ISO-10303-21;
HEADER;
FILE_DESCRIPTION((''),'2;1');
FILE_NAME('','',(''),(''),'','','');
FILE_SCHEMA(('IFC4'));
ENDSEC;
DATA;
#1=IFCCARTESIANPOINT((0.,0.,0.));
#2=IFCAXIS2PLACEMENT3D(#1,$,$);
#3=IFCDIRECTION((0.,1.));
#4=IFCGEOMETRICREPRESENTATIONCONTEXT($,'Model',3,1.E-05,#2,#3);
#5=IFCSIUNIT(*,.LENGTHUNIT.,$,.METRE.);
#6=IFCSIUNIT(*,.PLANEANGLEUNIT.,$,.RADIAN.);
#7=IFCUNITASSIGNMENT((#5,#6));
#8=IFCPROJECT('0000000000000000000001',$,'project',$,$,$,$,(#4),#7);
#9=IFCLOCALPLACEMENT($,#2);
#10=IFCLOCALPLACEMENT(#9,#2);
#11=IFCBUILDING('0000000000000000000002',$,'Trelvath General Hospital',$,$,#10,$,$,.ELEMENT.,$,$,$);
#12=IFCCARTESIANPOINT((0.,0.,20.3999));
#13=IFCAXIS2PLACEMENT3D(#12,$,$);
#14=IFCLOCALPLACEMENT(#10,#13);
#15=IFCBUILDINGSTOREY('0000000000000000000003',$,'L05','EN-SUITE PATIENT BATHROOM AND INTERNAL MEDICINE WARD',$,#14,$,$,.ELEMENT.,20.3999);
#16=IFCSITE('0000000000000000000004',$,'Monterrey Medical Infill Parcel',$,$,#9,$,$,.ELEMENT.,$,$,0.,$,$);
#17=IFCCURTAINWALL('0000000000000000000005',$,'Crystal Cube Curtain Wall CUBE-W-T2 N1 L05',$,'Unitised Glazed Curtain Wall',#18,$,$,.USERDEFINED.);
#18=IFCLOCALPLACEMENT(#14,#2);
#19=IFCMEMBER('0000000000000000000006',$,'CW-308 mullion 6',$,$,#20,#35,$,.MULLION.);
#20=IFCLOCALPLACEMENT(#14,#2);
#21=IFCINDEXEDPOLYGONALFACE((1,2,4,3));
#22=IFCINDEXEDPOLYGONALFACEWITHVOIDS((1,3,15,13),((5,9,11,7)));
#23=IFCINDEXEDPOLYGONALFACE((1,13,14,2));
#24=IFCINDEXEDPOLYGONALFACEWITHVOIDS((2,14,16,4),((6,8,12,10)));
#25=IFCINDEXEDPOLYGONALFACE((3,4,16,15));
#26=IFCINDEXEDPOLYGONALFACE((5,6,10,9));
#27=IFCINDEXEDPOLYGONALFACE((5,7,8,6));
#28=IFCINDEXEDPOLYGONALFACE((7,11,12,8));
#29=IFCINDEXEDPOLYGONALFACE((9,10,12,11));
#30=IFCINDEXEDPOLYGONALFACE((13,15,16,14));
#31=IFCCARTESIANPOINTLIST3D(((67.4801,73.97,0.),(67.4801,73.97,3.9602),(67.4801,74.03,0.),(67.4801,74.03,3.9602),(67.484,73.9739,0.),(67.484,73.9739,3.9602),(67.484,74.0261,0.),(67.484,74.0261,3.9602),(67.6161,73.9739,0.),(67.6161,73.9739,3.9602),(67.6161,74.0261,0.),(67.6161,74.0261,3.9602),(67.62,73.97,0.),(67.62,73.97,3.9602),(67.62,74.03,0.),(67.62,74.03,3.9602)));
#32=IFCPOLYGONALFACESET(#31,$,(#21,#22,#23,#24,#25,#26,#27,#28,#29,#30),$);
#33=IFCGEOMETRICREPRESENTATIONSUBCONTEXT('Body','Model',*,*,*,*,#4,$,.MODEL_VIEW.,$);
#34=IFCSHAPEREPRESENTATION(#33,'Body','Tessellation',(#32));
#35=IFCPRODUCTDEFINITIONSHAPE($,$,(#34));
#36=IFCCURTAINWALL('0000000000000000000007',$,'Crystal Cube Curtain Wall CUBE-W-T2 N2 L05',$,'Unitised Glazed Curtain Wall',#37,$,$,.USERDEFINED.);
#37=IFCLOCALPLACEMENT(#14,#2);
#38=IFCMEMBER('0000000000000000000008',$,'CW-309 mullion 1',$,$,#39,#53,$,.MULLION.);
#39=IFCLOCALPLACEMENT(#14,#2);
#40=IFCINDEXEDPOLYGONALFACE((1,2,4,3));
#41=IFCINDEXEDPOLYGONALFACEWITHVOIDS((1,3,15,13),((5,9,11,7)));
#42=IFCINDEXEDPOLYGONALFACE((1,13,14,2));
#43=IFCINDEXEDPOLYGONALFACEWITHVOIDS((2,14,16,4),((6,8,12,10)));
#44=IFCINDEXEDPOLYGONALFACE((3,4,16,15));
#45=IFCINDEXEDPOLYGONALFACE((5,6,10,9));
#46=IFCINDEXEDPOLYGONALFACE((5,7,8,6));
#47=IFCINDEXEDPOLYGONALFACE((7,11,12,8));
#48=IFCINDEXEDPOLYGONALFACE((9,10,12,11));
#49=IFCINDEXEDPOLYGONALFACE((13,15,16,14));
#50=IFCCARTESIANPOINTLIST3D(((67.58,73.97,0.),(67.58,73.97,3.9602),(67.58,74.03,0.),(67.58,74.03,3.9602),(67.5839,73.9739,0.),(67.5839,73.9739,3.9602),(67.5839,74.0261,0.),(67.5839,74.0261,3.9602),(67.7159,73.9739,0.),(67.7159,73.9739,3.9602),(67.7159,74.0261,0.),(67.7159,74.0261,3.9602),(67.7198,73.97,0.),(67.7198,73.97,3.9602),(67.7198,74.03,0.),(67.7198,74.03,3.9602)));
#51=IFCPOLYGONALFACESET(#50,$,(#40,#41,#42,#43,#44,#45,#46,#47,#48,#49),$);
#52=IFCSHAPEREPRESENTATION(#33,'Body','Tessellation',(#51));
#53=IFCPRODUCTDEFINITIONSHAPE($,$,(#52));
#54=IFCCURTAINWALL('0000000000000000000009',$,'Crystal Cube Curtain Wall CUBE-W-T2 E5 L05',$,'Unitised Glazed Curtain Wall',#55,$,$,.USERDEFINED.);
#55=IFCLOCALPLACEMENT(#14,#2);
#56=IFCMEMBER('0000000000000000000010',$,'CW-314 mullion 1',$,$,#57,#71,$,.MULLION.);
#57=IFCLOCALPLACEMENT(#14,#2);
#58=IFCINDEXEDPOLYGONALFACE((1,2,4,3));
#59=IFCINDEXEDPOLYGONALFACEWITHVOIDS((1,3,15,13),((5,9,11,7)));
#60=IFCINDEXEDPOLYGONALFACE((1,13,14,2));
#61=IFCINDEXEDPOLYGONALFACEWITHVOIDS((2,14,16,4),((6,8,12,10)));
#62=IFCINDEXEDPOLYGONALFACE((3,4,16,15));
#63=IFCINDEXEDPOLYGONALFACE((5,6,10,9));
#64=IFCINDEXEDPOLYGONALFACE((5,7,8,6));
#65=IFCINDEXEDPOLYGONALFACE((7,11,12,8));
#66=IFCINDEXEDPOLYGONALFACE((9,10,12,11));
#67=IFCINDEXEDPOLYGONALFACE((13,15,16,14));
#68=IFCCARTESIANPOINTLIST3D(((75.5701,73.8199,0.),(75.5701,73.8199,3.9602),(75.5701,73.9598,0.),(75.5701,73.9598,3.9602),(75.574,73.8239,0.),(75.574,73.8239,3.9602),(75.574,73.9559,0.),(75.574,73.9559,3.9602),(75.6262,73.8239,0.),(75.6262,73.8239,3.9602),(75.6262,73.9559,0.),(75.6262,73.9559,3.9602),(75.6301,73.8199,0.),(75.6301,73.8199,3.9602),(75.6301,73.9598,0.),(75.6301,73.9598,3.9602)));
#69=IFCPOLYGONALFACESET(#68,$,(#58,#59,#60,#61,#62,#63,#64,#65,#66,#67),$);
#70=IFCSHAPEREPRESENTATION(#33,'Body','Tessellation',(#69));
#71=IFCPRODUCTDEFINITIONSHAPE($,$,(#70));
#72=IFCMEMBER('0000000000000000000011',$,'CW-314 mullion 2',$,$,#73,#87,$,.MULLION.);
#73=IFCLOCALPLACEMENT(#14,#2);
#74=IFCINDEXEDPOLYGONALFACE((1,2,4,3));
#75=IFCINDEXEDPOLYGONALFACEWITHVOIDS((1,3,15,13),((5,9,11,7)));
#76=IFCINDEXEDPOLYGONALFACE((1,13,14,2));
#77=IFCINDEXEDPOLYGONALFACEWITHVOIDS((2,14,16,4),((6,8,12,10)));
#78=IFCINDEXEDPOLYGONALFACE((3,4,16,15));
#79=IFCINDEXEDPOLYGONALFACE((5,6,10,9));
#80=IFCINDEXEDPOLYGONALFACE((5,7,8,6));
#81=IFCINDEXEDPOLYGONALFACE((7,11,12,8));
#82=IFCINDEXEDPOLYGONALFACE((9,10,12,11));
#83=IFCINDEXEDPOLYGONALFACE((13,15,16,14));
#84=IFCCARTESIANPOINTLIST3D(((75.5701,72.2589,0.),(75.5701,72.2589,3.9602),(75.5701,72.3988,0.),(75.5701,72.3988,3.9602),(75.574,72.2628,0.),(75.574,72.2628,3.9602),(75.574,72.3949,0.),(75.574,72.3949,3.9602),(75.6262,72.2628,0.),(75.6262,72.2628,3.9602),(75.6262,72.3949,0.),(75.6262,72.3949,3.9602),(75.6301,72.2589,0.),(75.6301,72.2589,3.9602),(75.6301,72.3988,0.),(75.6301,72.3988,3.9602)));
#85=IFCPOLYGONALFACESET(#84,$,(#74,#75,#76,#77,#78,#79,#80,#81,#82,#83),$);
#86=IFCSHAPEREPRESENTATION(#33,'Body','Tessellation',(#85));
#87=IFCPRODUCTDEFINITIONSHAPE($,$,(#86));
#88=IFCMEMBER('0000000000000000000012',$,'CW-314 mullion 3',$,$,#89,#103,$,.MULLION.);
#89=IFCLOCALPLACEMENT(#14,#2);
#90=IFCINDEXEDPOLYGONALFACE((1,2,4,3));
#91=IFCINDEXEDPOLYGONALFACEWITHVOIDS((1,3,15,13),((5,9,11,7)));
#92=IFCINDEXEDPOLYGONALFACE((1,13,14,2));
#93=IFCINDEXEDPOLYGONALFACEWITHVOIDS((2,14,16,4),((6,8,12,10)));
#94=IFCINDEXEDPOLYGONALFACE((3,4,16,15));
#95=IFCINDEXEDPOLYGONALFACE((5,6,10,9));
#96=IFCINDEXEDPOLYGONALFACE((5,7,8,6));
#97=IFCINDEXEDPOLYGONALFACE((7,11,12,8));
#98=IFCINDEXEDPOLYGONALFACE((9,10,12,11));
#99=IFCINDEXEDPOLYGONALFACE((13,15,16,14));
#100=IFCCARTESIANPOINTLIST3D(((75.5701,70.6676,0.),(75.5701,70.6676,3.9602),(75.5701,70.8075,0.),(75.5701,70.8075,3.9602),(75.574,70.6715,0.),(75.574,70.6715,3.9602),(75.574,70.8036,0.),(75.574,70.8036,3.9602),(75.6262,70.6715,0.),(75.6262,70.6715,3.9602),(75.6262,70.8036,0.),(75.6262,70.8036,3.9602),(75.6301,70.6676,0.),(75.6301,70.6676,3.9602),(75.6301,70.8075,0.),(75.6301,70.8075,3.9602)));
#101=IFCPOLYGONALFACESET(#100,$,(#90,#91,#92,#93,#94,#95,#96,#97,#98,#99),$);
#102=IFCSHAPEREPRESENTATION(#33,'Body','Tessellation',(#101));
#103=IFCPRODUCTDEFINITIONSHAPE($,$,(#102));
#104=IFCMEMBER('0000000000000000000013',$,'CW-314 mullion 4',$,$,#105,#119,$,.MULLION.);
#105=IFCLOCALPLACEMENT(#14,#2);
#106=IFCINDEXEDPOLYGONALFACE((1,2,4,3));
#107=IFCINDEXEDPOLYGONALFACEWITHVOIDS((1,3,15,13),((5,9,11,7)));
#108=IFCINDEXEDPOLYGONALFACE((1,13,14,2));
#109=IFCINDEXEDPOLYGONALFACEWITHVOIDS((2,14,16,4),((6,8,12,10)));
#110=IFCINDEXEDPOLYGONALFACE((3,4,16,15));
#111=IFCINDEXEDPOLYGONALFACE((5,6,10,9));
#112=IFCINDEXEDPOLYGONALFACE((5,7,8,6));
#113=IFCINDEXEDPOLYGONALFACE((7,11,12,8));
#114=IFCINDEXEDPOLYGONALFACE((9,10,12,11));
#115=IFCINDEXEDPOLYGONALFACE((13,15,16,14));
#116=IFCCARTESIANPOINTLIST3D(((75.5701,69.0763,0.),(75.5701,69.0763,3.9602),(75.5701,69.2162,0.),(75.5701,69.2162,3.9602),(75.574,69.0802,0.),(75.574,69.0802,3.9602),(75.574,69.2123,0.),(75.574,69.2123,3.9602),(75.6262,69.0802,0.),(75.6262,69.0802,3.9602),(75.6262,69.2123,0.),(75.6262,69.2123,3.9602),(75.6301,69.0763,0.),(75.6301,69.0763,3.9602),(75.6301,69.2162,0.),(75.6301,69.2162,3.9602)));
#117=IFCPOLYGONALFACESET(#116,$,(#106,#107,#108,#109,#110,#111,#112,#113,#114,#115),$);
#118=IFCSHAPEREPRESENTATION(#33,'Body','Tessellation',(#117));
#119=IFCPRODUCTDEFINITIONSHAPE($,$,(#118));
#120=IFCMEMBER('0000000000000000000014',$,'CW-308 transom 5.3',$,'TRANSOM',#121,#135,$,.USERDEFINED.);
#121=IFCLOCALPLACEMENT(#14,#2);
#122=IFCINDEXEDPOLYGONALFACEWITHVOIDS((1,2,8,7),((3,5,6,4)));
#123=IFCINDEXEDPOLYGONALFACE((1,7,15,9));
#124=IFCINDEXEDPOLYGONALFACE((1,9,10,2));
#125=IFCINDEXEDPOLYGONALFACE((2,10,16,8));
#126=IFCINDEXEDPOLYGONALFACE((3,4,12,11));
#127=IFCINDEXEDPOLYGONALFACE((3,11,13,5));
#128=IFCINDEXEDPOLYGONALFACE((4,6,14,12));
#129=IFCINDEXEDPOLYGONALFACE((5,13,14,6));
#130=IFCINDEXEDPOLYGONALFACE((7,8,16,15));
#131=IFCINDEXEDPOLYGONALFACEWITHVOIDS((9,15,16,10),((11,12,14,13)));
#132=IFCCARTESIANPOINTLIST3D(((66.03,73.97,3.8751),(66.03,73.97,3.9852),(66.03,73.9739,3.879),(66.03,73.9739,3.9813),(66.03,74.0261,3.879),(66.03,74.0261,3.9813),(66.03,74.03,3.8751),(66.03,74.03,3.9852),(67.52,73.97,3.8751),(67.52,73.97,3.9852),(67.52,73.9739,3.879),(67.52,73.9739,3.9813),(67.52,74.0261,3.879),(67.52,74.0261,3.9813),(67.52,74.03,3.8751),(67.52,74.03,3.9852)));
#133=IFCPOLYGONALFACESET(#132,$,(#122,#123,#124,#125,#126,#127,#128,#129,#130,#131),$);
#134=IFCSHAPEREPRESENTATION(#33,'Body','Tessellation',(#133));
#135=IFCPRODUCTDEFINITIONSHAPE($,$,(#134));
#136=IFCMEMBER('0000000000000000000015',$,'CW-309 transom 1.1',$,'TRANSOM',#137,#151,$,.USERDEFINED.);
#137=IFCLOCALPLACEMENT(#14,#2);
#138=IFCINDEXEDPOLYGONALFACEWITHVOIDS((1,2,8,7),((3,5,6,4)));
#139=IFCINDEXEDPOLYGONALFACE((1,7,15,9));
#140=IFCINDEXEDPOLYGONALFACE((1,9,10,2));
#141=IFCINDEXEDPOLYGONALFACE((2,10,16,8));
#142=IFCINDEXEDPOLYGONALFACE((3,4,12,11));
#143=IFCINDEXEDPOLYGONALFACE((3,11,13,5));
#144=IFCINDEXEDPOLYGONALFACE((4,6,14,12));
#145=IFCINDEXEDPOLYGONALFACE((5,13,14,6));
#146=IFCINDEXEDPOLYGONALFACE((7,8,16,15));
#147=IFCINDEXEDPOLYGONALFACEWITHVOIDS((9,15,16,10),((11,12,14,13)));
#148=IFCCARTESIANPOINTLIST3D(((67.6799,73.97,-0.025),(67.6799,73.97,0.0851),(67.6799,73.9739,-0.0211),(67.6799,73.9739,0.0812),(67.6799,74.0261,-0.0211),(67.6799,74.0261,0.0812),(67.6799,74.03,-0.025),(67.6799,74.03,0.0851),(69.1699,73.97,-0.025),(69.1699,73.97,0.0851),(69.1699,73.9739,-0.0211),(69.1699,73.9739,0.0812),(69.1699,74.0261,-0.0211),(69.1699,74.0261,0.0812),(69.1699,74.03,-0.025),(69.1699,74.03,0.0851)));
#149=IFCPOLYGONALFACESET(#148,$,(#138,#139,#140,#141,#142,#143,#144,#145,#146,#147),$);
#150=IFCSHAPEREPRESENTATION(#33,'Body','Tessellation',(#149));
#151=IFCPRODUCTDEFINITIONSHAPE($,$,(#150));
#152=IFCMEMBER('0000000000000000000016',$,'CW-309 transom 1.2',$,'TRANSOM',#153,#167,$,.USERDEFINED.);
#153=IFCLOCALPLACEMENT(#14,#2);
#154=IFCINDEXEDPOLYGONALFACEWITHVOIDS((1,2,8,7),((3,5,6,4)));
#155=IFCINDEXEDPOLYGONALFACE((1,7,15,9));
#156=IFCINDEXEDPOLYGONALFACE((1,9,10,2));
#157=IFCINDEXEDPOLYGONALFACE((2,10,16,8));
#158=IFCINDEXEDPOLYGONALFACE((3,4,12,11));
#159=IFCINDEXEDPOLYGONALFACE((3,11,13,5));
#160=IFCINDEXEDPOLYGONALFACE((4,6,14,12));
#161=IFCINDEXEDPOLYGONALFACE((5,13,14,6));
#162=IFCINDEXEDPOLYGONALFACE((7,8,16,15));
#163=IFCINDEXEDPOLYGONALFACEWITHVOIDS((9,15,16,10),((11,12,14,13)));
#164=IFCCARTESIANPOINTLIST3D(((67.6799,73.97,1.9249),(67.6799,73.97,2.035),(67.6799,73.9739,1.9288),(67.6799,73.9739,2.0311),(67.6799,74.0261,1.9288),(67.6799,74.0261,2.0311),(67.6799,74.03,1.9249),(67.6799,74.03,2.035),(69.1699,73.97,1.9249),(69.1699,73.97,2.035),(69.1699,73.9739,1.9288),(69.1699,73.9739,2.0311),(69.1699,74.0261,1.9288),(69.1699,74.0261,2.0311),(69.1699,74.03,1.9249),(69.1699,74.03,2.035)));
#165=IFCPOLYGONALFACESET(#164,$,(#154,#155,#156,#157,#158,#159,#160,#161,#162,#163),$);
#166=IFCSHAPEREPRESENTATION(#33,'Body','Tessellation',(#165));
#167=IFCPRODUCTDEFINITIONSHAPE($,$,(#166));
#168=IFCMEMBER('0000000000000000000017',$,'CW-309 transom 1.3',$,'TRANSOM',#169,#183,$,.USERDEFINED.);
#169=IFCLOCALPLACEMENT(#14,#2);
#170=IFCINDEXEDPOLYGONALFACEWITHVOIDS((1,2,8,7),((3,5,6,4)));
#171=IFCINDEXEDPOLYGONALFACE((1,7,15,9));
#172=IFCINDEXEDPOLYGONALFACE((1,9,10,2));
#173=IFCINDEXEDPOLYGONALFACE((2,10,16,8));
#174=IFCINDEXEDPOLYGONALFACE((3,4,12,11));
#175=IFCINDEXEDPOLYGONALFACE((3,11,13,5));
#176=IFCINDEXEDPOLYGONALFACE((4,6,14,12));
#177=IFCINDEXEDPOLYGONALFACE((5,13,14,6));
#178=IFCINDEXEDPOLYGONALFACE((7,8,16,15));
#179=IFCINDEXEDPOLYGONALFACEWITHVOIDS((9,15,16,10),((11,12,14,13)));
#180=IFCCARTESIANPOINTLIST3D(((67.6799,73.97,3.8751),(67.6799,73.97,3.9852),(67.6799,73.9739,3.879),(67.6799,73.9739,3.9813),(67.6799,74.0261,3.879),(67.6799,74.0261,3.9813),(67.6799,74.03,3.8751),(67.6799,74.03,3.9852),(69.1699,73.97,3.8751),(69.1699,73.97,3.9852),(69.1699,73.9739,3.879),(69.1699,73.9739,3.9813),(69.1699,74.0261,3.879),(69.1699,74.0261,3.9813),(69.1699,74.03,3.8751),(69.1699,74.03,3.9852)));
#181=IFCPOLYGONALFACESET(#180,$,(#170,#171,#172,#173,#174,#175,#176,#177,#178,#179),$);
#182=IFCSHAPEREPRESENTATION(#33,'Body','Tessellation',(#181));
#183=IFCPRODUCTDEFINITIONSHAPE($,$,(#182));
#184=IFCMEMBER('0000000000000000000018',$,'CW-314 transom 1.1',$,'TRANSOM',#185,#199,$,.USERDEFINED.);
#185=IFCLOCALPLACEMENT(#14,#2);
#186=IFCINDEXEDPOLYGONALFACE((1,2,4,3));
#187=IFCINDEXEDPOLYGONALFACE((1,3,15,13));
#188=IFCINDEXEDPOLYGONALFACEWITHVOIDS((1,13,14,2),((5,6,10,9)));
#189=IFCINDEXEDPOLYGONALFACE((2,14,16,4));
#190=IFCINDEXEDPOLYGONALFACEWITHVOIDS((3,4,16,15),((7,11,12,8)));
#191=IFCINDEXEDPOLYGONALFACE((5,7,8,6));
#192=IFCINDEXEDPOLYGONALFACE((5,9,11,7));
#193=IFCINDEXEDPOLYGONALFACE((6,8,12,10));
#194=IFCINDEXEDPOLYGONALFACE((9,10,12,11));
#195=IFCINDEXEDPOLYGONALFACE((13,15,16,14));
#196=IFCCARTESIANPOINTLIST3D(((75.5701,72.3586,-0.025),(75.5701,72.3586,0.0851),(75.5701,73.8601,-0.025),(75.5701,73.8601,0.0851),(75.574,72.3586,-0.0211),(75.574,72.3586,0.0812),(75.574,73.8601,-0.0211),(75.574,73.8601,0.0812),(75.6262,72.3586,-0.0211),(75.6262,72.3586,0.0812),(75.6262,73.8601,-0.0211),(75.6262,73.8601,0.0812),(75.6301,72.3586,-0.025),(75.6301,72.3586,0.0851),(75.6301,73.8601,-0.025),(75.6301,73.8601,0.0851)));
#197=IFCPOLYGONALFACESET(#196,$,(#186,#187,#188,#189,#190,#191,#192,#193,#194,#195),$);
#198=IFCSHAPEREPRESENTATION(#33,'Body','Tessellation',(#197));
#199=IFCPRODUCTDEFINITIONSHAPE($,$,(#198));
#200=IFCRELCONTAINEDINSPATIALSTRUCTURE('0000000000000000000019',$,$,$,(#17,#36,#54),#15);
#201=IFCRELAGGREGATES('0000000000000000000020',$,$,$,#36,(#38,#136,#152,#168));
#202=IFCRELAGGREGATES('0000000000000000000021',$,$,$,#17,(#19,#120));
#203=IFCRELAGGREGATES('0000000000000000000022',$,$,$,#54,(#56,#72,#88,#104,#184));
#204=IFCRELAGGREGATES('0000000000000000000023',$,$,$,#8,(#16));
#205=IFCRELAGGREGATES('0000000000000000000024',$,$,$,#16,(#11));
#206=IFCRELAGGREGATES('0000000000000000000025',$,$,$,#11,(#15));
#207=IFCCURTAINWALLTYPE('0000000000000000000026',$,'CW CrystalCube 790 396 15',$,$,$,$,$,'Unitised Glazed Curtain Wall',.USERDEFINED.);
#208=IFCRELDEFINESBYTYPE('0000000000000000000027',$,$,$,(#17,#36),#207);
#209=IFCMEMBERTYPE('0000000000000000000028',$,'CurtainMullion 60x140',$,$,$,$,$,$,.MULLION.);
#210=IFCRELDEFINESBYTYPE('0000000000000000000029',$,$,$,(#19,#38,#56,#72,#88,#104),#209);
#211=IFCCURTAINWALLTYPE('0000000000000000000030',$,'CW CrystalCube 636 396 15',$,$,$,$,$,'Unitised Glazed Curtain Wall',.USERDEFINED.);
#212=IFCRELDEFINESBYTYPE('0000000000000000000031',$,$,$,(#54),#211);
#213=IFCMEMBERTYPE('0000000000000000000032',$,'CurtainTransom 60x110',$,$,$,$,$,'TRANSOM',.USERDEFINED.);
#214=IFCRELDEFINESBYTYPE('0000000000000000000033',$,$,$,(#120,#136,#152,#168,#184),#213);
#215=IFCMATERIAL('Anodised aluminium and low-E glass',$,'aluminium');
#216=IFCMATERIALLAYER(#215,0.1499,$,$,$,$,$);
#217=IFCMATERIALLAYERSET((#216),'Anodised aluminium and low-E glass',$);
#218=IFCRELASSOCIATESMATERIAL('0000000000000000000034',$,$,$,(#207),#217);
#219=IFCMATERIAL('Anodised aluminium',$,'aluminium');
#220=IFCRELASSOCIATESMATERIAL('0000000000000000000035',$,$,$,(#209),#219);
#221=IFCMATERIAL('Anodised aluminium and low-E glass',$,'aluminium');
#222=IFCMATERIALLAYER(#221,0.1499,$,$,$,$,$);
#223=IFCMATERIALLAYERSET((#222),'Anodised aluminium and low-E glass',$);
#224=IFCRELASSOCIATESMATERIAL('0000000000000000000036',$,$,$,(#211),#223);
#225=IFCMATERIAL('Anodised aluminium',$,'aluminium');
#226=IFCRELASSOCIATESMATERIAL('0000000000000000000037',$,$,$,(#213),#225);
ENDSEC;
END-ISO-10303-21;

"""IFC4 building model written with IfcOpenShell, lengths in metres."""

from ifc_helpers import new_model, si_unit, direction, frame, origin, origin_2d, place, context, subcontext, project, spatial, hollow_rectangle, extrude, material, layer, layer_set, material_profile, profile_set, type_object, element, aggregate, save


model = new_model("IFC4")

# Units and contexts
model_context = context("Model", 3, precision=1e-05, world=origin(), true_north=direction((0.0, 1.0)))
body_context = subcontext(model_context, "Body", "Model", "MODEL_VIEW")
ifc_project = project(units=[si_unit("LENGTHUNIT", "METRE"), si_unit("PLANEANGLEUNIT", "RADIAN")], contexts=[model_context])

# Site, building, storey
site_placement = place(None, origin())
site = spatial("IfcSite", under=ifc_project, at=site_placement, Name="Monterrey Medical Infill Parcel", CompositionType="ELEMENT", RefElevation=0.0)
building_placement = place(site_placement, origin())
building = spatial("IfcBuilding", under=site, at=building_placement, Name="Trelvath General Hospital", CompositionType="ELEMENT")
storey_placement = place(building_placement, frame((0.0, 0.0, 20.3999)))
storey = spatial("IfcBuildingStorey", under=building, at=storey_placement, Name="L05", Description="EN-SUITE PATIENT BATHROOM AND INTERNAL MEDICINE WARD", CompositionType="ELEMENT", Elevation=20.3999)

# Curtain walls, members
ifc_material_1 = material(Name="Anodised aluminium and low-E glass", Category="aluminium")
ifc_layer_1 = layer(ifc_material_1, 0.1499)
ifc_layer_set_1 = layer_set([ifc_layer_1], Name="Anodised aluminium and low-E glass")
curtain_wall_type_1 = type_object("IfcCurtainWallType", Name="CW CrystalCube 790 396 15", ElementType="Unitised Glazed Curtain Wall", PredefinedType="USERDEFINED", material=ifc_layer_set_1)
curtain_wall_1_placement = place(storey_placement, origin())
curtain_wall_1 = element("IfcCurtainWall", 1, at=curtain_wall_1_placement, inside=storey, type_object=curtain_wall_type_1, Name="Crystal Cube Curtain Wall CUBE-W-T2 N1 L05", ObjectType="Unitised Glazed Curtain Wall", PredefinedType="USERDEFINED")
ifc_material_2 = material(Name="Anodised aluminium", Category="aluminium")
ifc_material_profile_1 = material_profile(ifc_material_2, hollow_rectangle(XDim=0.0601, YDim=0.1399, WallThickness=0.0039, at=origin_2d()), Name="RHS60x140x4")
ifc_profile_set_1 = profile_set([ifc_material_profile_1], Name="Anodised aluminium")
member_type_1 = type_object("IfcMemberType", Name="CurtainMullion 60x140", PredefinedType="MULLION", material=ifc_profile_set_1)
member_1_placement = place(storey_placement, frame((67.55, 74.0, 0.0), z_axis=(0.0, 0.0, 1.0), x_axis=(0.0, 1.0, 0.0)))
member_1 = element("IfcMember", 2, at=member_1_placement, type_object=member_type_1, Name="CW-308 mullion 6", PredefinedType="MULLION", context=body_context, shape_type="SweptSolid", body=[
    extrude(hollow_rectangle(XDim=0.0601, YDim=0.1399, WallThickness=0.0039, at=origin_2d()), origin(), (0.0, 0.0, 1.0), 3.9602),
])
curtain_wall_2_placement = place(storey_placement, origin())
curtain_wall_2 = element("IfcCurtainWall", 3, at=curtain_wall_2_placement, inside=storey, type_object=curtain_wall_type_1, Name="Crystal Cube Curtain Wall CUBE-W-T2 N2 L05", ObjectType="Unitised Glazed Curtain Wall", PredefinedType="USERDEFINED")
member_2_placement = place(storey_placement, frame((67.6499, 74.0, 0.0), z_axis=(0.0, 0.0, 1.0), x_axis=(0.0, 1.0, 0.0)))
member_2 = element("IfcMember", 4, at=member_2_placement, type_object=member_type_1, Name="CW-309 mullion 1", PredefinedType="MULLION", context=body_context, shape_type="SweptSolid", body=[
    extrude(hollow_rectangle(XDim=0.0601, YDim=0.1399, WallThickness=0.0039, at=origin_2d()), origin(), (0.0, 0.0, 1.0), 3.9602),
])

# Curtain wall, members
ifc_material_3 = material(Name="Anodised aluminium and low-E glass", Category="aluminium")
ifc_layer_2 = layer(ifc_material_3, 0.1499)
ifc_layer_set_2 = layer_set([ifc_layer_2], Name="Anodised aluminium and low-E glass")
curtain_wall_type_2 = type_object("IfcCurtainWallType", Name="CW CrystalCube 636 396 15", ElementType="Unitised Glazed Curtain Wall", PredefinedType="USERDEFINED", material=ifc_layer_set_2)
curtain_wall_3_placement = place(storey_placement, origin())
curtain_wall_3 = element("IfcCurtainWall", 5, at=curtain_wall_3_placement, inside=storey, type_object=curtain_wall_type_2, Name="Crystal Cube Curtain Wall CUBE-W-T2 E5 L05", ObjectType="Unitised Glazed Curtain Wall", PredefinedType="USERDEFINED")
member_3_placement = place(storey_placement, frame((75.6001, 73.8899, 0.0), z_axis=(0.0, 0.0, 1.0), x_axis=(1.0, 0.0, 0.0)))
member_3 = element("IfcMember", 6, at=member_3_placement, type_object=member_type_1, Name="CW-314 mullion 1", PredefinedType="MULLION", context=body_context, shape_type="SweptSolid", body=[
    extrude(hollow_rectangle(XDim=0.0601, YDim=0.1399, WallThickness=0.0039, at=origin_2d()), origin(), (0.0, 0.0, 1.0), 3.9602),
])
member_4_placement = place(storey_placement, frame((75.6001, 72.3289, 0.0), z_axis=(0.0, 0.0, 1.0), x_axis=(1.0, 0.0, 0.0)))
member_4 = element("IfcMember", 7, at=member_4_placement, type_object=member_type_1, Name="CW-314 mullion 2", PredefinedType="MULLION", context=body_context, shape_type="SweptSolid", body=[
    extrude(hollow_rectangle(XDim=0.0601, YDim=0.1399, WallThickness=0.0039, at=origin_2d()), origin(), (0.0, 0.0, 1.0), 3.9602),
])
member_5_placement = place(storey_placement, frame((75.6001, 70.7375, 0.0), z_axis=(0.0, 0.0, 1.0), x_axis=(1.0, 0.0, 0.0)))
member_5 = element("IfcMember", 8, at=member_5_placement, type_object=member_type_1, Name="CW-314 mullion 3", PredefinedType="MULLION", context=body_context, shape_type="SweptSolid", body=[
    extrude(hollow_rectangle(XDim=0.0601, YDim=0.1399, WallThickness=0.0039, at=origin_2d()), origin(), (0.0, 0.0, 1.0), 3.9602),
])
member_6_placement = place(storey_placement, frame((75.6001, 69.1462, 0.0), z_axis=(0.0, 0.0, 1.0), x_axis=(1.0, 0.0, 0.0)))
member_6 = element("IfcMember", 9, at=member_6_placement, type_object=member_type_1, Name="CW-314 mullion 4", PredefinedType="MULLION", context=body_context, shape_type="SweptSolid", body=[
    extrude(hollow_rectangle(XDim=0.0601, YDim=0.1399, WallThickness=0.0039, at=origin_2d()), origin(), (0.0, 0.0, 1.0), 3.9602),
])

# Members
ifc_material_4 = material(Name="Anodised aluminium", Category="aluminium")
ifc_material_profile_2 = material_profile(ifc_material_4, hollow_rectangle(XDim=0.0601, YDim=0.1101, WallThickness=0.0039, at=origin_2d()), Name="RHS60x110x4")
ifc_profile_set_2 = profile_set([ifc_material_profile_2], Name="Anodised aluminium")
member_type_2 = type_object("IfcMemberType", Name="CurtainTransom 60x110", ElementType="TRANSOM", PredefinedType="USERDEFINED", material=ifc_profile_set_2)
member_7_placement = place(storey_placement, frame((66.03, 74.0, 3.9302), z_axis=(1.0, 0.0, 0.0), x_axis=(0.0, 1.0, 0.0)))
member_7 = element("IfcMember", 10, at=member_7_placement, type_object=member_type_2, Name="CW-308 transom 5.3", ObjectType="TRANSOM", PredefinedType="USERDEFINED", context=body_context, shape_type="SweptSolid", body=[
    extrude(hollow_rectangle(XDim=0.0601, YDim=0.1101, WallThickness=0.0039, at=origin_2d()), origin(), (0.0, 0.0, 1.0), 1.49),
])
member_8_placement = place(storey_placement, frame((67.6799, 74.0, 0.03), z_axis=(1.0, 0.0, 0.0), x_axis=(0.0, 1.0, 0.0)))
member_8 = element("IfcMember", 11, at=member_8_placement, type_object=member_type_2, Name="CW-309 transom 1.1", ObjectType="TRANSOM", PredefinedType="USERDEFINED", context=body_context, shape_type="SweptSolid", body=[
    extrude(hollow_rectangle(XDim=0.0601, YDim=0.1101, WallThickness=0.0039, at=origin_2d()), origin(), (0.0, 0.0, 1.0), 1.49),
])
member_9_placement = place(storey_placement, frame((67.6799, 74.0, 1.98), z_axis=(1.0, 0.0, 0.0), x_axis=(0.0, 1.0, 0.0)))
member_9 = element("IfcMember", 12, at=member_9_placement, type_object=member_type_2, Name="CW-309 transom 1.2", ObjectType="TRANSOM", PredefinedType="USERDEFINED", context=body_context, shape_type="SweptSolid", body=[
    extrude(hollow_rectangle(XDim=0.0601, YDim=0.1101, WallThickness=0.0039, at=origin_2d()), origin(), (0.0, 0.0, 1.0), 1.49),
])
member_10_placement = place(storey_placement, frame((67.6799, 74.0, 3.9302), z_axis=(1.0, 0.0, 0.0), x_axis=(0.0, 1.0, 0.0)))
member_10 = element("IfcMember", 13, at=member_10_placement, type_object=member_type_2, Name="CW-309 transom 1.3", ObjectType="TRANSOM", PredefinedType="USERDEFINED", context=body_context, shape_type="SweptSolid", body=[
    extrude(hollow_rectangle(XDim=0.0601, YDim=0.1101, WallThickness=0.0039, at=origin_2d()), origin(), (0.0, 0.0, 1.0), 1.49),
])
aggregate(curtain_wall_2, [member_2, member_8, member_9, member_10])
member_11_placement = place(storey_placement, frame((75.6001, 73.8601, 0.03), z_axis=(0.0, -1.0, 0.0), x_axis=(1.0, 0.0, 0.0)))
member_11 = element("IfcMember", 14, at=member_11_placement, type_object=member_type_2, Name="CW-314 transom 1.1", ObjectType="TRANSOM", PredefinedType="USERDEFINED", context=body_context, shape_type="SweptSolid", body=[
    extrude(hollow_rectangle(XDim=0.0601, YDim=0.1101, WallThickness=0.0039, at=origin_2d()), origin(), (0.0, 0.0, 1.0), 1.5015),
])

aggregate(curtain_wall_1, [member_1, member_7])
aggregate(curtain_wall_3, [member_3, member_4, member_5, member_6, member_11])

save(model, "model.ifc")
